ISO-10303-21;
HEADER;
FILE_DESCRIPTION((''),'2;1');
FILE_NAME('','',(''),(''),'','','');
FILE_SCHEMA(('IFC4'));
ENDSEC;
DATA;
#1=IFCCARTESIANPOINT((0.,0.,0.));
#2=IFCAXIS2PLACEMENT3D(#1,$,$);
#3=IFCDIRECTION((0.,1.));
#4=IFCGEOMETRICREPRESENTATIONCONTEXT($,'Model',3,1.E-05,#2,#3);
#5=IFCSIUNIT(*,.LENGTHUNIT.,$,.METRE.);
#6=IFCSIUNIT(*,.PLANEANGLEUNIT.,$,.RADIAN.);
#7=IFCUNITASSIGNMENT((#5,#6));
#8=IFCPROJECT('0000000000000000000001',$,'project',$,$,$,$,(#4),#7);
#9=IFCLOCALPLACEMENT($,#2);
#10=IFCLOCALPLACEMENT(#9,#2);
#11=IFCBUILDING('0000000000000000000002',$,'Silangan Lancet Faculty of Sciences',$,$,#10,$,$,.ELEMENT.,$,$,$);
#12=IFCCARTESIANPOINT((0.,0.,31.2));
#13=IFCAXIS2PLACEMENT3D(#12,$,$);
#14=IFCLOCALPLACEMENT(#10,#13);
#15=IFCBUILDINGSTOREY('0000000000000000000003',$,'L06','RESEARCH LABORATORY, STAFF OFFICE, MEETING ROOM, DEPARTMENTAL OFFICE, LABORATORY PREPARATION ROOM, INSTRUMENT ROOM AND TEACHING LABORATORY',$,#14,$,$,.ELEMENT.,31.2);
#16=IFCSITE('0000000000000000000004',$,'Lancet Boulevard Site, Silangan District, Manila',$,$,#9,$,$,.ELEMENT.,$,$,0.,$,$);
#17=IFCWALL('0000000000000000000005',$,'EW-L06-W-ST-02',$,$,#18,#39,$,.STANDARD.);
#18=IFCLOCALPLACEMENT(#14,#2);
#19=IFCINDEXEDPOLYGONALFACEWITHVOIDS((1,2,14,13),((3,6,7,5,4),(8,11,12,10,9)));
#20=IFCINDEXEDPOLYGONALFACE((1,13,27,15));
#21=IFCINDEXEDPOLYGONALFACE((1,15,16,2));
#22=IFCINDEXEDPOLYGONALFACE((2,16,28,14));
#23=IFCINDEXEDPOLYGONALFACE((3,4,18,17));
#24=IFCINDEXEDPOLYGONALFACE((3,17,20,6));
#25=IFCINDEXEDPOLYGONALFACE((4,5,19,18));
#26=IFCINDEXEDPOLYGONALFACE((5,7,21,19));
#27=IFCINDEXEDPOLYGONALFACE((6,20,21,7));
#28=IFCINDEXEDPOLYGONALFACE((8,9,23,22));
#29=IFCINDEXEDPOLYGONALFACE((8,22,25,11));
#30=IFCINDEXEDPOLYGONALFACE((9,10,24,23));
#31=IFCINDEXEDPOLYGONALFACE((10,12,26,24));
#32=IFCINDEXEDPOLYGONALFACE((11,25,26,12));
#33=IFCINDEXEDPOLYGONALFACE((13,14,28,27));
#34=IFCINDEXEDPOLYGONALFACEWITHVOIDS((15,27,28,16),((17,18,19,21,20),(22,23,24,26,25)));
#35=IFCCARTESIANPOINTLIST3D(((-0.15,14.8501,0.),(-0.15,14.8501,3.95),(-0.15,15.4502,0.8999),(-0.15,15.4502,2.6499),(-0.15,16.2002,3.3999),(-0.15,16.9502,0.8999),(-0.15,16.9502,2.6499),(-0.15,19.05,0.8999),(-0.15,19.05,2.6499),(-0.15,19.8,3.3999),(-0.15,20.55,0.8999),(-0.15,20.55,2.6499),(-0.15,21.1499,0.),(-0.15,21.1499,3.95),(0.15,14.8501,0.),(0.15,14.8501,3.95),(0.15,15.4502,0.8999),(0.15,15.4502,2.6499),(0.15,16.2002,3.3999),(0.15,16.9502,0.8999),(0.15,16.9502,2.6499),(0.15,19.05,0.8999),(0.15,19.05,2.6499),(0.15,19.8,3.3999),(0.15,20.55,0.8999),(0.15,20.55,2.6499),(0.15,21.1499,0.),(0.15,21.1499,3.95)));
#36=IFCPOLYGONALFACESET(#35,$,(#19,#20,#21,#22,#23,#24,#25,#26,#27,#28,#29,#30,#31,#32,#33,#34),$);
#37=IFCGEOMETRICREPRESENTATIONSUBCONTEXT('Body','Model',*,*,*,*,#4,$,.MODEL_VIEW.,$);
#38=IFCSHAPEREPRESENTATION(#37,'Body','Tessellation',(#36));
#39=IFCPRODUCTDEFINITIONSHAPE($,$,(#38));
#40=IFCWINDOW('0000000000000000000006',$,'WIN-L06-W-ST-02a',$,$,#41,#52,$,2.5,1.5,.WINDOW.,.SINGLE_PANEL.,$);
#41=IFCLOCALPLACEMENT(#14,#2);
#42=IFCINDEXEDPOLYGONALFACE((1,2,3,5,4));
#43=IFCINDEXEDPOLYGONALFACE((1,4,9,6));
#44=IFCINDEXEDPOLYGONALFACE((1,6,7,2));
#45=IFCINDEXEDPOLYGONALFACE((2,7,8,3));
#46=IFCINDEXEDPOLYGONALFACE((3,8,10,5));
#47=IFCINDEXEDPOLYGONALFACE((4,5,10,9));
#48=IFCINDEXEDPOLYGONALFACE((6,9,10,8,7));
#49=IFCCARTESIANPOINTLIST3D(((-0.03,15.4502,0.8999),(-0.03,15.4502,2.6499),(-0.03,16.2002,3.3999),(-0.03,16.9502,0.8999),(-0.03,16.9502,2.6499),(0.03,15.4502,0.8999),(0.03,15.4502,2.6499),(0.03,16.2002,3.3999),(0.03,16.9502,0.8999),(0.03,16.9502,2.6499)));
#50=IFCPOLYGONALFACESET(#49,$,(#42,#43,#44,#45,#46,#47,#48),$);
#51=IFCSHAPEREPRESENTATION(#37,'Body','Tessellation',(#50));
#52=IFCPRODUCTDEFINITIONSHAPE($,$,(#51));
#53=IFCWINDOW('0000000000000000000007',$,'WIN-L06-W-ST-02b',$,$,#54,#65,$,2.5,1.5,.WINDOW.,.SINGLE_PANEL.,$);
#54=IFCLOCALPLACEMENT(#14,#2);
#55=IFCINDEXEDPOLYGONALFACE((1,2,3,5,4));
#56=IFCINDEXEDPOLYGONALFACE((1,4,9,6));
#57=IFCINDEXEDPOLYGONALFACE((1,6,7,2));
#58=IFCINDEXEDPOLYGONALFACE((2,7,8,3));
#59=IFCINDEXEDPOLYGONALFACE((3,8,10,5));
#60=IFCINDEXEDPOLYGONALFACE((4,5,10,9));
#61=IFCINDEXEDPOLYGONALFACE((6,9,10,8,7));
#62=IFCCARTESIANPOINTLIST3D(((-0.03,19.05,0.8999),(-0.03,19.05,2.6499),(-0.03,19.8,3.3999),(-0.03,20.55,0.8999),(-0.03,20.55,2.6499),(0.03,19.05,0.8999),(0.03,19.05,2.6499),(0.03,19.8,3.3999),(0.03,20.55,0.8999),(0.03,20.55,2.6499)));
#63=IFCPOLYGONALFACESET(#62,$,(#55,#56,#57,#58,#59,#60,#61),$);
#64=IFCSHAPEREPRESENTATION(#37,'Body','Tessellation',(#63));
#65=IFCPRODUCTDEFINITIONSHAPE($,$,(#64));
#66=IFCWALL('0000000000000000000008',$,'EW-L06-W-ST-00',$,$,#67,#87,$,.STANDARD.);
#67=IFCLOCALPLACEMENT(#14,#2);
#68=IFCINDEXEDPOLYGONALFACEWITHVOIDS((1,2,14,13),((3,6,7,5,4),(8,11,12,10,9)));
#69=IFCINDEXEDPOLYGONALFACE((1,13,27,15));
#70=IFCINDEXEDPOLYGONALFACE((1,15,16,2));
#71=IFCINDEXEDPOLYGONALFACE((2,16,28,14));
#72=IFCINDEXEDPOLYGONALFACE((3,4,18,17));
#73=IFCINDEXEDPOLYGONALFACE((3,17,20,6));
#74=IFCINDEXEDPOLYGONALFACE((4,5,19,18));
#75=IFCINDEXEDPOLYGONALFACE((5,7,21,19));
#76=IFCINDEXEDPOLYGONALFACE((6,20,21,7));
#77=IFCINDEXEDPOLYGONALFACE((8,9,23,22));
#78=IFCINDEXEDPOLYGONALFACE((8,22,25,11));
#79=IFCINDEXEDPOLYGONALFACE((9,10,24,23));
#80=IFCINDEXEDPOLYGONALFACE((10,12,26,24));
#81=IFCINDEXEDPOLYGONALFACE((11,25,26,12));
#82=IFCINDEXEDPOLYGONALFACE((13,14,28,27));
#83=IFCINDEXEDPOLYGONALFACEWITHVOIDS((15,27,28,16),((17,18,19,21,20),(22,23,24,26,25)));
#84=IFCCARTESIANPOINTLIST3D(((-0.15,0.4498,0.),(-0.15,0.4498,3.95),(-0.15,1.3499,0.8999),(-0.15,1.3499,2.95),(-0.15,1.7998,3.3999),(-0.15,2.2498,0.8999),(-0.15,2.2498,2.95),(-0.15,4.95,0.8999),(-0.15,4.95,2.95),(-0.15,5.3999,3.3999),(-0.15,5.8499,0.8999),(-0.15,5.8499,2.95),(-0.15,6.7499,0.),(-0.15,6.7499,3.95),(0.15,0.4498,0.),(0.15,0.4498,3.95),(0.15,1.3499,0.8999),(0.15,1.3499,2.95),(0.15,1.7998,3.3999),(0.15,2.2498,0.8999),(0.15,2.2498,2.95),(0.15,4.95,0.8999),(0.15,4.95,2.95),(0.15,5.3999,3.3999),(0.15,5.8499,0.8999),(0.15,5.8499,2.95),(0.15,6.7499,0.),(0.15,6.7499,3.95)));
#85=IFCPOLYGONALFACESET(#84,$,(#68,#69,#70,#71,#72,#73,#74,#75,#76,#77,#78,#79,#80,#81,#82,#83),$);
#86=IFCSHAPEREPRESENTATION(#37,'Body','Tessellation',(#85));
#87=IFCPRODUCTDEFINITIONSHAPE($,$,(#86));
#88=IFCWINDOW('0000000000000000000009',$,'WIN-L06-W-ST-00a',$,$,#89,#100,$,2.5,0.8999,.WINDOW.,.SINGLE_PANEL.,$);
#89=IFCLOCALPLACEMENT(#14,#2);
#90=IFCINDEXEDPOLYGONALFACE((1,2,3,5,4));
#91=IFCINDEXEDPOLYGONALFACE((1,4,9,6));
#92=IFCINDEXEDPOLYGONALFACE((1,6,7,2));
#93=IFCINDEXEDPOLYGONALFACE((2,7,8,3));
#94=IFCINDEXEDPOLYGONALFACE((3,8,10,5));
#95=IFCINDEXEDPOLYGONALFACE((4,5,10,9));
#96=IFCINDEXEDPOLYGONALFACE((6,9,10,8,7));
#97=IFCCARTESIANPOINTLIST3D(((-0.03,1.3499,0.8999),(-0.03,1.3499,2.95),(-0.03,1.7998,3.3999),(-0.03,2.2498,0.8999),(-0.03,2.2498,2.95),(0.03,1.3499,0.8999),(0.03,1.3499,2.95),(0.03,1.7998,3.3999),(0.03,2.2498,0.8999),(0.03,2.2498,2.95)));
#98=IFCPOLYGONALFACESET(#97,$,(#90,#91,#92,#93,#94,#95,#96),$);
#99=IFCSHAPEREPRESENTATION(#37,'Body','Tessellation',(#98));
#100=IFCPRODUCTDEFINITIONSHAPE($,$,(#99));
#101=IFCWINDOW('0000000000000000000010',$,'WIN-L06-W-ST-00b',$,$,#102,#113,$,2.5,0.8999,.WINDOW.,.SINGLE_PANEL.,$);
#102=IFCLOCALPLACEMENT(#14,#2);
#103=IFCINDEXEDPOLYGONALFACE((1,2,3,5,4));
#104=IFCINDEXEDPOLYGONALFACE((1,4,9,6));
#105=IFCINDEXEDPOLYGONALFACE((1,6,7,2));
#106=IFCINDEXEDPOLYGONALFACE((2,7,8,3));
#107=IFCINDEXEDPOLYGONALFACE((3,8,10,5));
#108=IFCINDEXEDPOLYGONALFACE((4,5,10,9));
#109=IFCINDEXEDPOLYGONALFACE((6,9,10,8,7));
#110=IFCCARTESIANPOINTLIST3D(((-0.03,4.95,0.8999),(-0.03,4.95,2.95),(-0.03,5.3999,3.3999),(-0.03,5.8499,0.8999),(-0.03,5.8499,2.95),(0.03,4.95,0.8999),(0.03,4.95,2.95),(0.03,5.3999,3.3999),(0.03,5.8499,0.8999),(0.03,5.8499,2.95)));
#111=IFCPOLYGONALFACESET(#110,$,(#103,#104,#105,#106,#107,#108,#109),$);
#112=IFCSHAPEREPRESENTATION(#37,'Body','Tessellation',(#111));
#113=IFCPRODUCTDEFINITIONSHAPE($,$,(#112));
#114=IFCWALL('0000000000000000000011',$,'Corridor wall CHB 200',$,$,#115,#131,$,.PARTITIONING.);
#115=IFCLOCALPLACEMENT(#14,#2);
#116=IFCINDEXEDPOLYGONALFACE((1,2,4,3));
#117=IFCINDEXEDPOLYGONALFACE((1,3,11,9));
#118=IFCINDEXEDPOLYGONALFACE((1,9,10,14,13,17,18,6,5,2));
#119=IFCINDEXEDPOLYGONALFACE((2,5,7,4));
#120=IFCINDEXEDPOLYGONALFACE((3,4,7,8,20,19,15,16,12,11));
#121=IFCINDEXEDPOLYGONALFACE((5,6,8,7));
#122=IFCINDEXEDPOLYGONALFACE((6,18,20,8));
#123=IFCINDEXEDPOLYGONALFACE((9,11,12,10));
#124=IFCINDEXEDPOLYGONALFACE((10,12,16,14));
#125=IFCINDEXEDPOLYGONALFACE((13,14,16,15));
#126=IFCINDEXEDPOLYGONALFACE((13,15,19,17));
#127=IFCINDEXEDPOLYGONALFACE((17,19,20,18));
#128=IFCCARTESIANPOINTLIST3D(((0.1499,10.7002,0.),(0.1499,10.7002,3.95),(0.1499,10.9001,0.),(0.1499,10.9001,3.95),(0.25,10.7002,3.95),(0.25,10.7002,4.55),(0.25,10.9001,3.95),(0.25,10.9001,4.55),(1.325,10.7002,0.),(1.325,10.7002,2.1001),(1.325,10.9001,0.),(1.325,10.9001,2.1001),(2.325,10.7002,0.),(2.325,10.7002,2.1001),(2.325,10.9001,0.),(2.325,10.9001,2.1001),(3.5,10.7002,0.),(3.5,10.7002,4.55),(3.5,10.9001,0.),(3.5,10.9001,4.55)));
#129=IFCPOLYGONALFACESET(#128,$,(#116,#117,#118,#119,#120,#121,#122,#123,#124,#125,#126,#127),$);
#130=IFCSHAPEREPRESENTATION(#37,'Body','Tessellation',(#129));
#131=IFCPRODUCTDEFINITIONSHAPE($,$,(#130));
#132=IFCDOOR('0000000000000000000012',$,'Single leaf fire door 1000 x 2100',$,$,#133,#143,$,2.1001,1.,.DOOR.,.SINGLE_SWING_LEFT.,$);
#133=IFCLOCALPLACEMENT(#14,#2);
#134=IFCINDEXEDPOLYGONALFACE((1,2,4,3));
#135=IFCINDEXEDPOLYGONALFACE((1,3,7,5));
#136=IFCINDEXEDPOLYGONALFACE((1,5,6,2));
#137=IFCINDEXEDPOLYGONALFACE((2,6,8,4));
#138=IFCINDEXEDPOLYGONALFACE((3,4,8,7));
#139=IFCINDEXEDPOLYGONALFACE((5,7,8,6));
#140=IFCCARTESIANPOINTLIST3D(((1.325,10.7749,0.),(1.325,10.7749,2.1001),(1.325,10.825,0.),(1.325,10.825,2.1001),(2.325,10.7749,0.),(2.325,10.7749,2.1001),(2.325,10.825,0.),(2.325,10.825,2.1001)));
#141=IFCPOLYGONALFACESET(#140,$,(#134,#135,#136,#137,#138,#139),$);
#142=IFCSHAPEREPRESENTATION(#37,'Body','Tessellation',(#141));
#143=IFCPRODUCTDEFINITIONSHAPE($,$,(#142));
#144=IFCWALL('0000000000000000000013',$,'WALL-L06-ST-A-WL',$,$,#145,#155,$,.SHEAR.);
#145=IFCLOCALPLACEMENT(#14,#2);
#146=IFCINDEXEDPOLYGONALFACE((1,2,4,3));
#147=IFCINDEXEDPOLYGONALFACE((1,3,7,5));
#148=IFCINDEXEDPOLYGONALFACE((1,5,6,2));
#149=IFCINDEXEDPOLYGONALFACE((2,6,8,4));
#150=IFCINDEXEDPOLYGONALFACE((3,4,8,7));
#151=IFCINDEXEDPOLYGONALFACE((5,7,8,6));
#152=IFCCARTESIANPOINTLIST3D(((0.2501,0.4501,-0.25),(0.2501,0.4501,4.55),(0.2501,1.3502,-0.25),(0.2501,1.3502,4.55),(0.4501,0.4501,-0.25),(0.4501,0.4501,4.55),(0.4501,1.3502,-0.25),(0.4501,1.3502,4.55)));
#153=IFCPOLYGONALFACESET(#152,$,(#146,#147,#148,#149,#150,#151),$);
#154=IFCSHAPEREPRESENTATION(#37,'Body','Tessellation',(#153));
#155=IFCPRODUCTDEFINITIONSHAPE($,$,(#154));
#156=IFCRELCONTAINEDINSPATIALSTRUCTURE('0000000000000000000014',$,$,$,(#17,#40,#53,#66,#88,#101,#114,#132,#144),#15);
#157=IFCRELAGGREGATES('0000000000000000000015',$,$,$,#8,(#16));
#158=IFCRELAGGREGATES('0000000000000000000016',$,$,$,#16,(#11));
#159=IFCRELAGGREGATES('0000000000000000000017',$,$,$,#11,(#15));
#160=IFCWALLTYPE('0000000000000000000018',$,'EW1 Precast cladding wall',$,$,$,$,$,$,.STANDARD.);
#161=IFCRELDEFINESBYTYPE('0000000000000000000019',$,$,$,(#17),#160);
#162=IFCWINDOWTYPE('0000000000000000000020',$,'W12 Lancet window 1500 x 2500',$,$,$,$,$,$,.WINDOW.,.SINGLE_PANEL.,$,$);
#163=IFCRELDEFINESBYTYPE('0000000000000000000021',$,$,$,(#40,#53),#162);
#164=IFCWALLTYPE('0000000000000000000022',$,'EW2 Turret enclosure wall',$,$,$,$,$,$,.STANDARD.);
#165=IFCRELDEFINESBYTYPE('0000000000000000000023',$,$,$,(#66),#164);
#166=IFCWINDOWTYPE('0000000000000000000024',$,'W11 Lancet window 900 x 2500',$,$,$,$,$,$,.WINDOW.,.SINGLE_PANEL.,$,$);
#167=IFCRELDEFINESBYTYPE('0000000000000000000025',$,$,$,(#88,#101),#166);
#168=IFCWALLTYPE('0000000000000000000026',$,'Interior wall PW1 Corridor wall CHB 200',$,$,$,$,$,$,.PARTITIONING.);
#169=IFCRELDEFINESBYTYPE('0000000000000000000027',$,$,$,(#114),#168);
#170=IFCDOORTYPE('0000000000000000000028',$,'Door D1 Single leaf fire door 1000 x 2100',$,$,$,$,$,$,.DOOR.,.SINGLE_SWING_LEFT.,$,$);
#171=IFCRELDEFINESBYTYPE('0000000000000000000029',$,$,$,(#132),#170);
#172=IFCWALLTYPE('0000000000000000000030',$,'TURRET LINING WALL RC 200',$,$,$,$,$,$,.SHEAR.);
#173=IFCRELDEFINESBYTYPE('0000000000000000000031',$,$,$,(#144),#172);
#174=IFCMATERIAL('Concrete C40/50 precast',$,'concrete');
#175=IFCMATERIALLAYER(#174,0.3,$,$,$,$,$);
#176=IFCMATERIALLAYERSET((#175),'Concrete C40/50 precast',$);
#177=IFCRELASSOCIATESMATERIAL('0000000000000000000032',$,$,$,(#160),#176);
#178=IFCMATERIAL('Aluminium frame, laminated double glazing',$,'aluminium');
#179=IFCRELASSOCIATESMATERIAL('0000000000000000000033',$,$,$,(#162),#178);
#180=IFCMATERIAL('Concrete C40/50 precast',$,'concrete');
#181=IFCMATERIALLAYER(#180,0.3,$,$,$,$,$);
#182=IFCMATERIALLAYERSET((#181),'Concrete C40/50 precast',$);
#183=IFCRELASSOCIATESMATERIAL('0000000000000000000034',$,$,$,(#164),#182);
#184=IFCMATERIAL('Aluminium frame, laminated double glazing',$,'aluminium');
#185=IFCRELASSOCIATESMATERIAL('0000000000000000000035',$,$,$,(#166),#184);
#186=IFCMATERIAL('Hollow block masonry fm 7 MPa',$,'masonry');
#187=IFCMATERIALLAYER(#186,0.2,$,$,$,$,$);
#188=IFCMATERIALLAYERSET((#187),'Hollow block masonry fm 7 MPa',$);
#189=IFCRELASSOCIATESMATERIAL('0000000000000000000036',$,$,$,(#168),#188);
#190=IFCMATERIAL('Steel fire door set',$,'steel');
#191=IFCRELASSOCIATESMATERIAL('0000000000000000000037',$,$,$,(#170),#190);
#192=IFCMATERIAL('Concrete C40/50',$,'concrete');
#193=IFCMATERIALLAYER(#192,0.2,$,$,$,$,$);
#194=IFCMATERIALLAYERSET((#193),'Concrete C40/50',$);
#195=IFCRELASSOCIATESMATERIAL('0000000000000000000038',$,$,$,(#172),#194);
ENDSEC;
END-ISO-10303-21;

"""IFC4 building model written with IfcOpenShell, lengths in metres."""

from ifc_helpers import new_model, si_unit, direction, frame, frame_2d, origin, place, context, subcontext, project, spatial, polyline, rectangle, outline, extrude, material, layer, layer_set, type_object, element, fill, save


model = new_model("IFC4")

# Units and contexts
model_context = context("Model", 3, precision=1e-05, world=origin(), true_north=direction((0.0, 1.0)))
body_context = subcontext(model_context, "Body", "Model", "MODEL_VIEW")
ifc_project = project(units=[si_unit("LENGTHUNIT", "METRE"), si_unit("PLANEANGLEUNIT", "RADIAN")], contexts=[model_context])

# Site, building, storey
site_placement = place(None, origin())
site = spatial("IfcSite", under=ifc_project, at=site_placement, Name="Lancet Boulevard Site, Silangan District, Manila", CompositionType="ELEMENT", RefElevation=0.0)
building_placement = place(site_placement, origin())
building = spatial("IfcBuilding", under=site, at=building_placement, Name="Silangan Lancet Faculty of Sciences", CompositionType="ELEMENT")
storey_placement = place(building_placement, frame((0.0, 0.0, 31.2)))
storey = spatial("IfcBuildingStorey", under=building, at=storey_placement, Name="L06", Description="RESEARCH LABORATORY, STAFF OFFICE, MEETING ROOM, DEPARTMENTAL OFFICE, LABORATORY PREPARATION ROOM, INSTRUMENT ROOM AND TEACHING LABORATORY", CompositionType="ELEMENT", Elevation=31.2)

# Walls, openings, windows
ifc_material_1 = material(Name="Concrete C40/50 precast", Category="concrete")
ifc_layer_1 = layer(ifc_material_1, 0.3)
ifc_layer_set_1 = layer_set([ifc_layer_1], Name="Concrete C40/50 precast")
wall_type_1 = type_object("IfcWallType", Name="EW1 Precast cladding wall", PredefinedType="STANDARD", material=ifc_layer_set_1)
ifc_material_2 = material(Name="Aluminium frame, laminated double glazing", Category="aluminium")
window_type_1 = type_object("IfcWindowType", Name="W12 Lancet window 1500 x 2500", PartitioningType="SINGLE_PANEL", PredefinedType="WINDOW", material=ifc_material_2)
wall_1_placement = place(storey_placement, frame((0.0, 14.8501, 0.0), z_axis=(0.0, 0.0, 1.0), x_axis=(0.0, 1.0, 0.0)))
wall_1 = element("IfcWall", 1, at=wall_1_placement, inside=storey, type_object=wall_type_1, Name="EW-L06-W-ST-02", PredefinedType="STANDARD", context=body_context, shape_type="SweptSolid", body=[
    extrude(rectangle(XDim=6.2998, YDim=0.3, at=frame_2d((3.1499, 0.0))), origin(), (0.0, 0.0, 1.0), 3.95),
])
opening_1_placement = place(wall_1_placement, frame((0.6001, 0.0, 0.8999)))
opening_1 = element("IfcOpeningElement", 2, at=opening_1_placement, cuts=wall_1, PredefinedType="OPENING", context=body_context, shape_type="SweptSolid", body=[
    extrude(outline(polyline([(0.0, 0.0), (1.5, 0.0), (1.5, 1.75), (0.75, 2.5), (0.0, 1.75), (0.0, 0.0)])), frame((0.0, 0.1599, 0.0), z_axis=(0.0, -1.0, 0.0), x_axis=(1.0, 0.0, 0.0)), (0.0, 0.0, 1.0), 0.3201),
])
opening_2_placement = place(wall_1_placement, frame((4.2, 0.0, 0.8999)))
opening_2 = element("IfcOpeningElement", 3, at=opening_2_placement, cuts=wall_1, PredefinedType="OPENING", context=body_context, shape_type="SweptSolid", body=[
    extrude(outline(polyline([(0.0, 0.0), (1.5, 0.0), (1.5, 1.75), (0.75, 2.5), (0.0, 1.75), (0.0, 0.0)])), frame((0.0, 0.1599, 0.0), z_axis=(0.0, -1.0, 0.0), x_axis=(1.0, 0.0, 0.0)), (0.0, 0.0, 1.0), 0.3201),
])
window_1_placement = place(opening_1_placement, origin())
window_1 = element("IfcWindow", 4, at=window_1_placement, inside=storey, type_object=window_type_1, Name="WIN-L06-W-ST-02a", OverallHeight=2.5, OverallWidth=1.5, PartitioningType="SINGLE_PANEL", PredefinedType="WINDOW", context=body_context, shape_type="SweptSolid", body=[
    extrude(outline(polyline([(0.0, 0.0), (1.5, 0.0), (1.5, 1.75), (0.75, 2.5), (0.0, 1.75), (0.0, 0.0)])), frame((0.0, 0.03, 0.0), z_axis=(0.0, -1.0, 0.0), x_axis=(1.0, 0.0, 0.0)), (0.0, 0.0, 1.0), 0.0601),
])
fill(opening_1, window_1)
window_2_placement = place(opening_2_placement, origin())
window_2 = element("IfcWindow", 5, at=window_2_placement, inside=storey, type_object=window_type_1, Name="WIN-L06-W-ST-02b", OverallHeight=2.5, OverallWidth=1.5, PartitioningType="SINGLE_PANEL", PredefinedType="WINDOW", context=body_context, shape_type="SweptSolid", body=[
    extrude(outline(polyline([(0.0, 0.0), (1.5, 0.0), (1.5, 1.75), (0.75, 2.5), (0.0, 1.75), (0.0, 0.0)])), frame((0.0, 0.03, 0.0), z_axis=(0.0, -1.0, 0.0), x_axis=(1.0, 0.0, 0.0)), (0.0, 0.0, 1.0), 0.0601),
])
fill(opening_2, window_2)
ifc_material_3 = material(Name="Concrete C40/50 precast", Category="concrete")
ifc_layer_2 = layer(ifc_material_3, 0.3)
ifc_layer_set_2 = layer_set([ifc_layer_2], Name="Concrete C40/50 precast")
wall_type_2 = type_object("IfcWallType", Name="EW2 Turret enclosure wall", PredefinedType="STANDARD", material=ifc_layer_set_2)
wall_2_placement = place(storey_placement, frame((0.0, 0.45, 0.0), z_axis=(0.0, 0.0, 1.0), x_axis=(0.0, 1.0, 0.0)))
wall_2 = element("IfcWall", 6, at=wall_2_placement, inside=storey, type_object=wall_type_2, Name="EW-L06-W-ST-00", PredefinedType="STANDARD", context=body_context, shape_type="SweptSolid", body=[
    extrude(rectangle(XDim=6.3, YDim=0.3, at=frame_2d((3.1499, 0.0))), origin(), (0.0, 0.0, 1.0), 3.95),
])
opening_3_placement = place(wall_2_placement, frame((0.8999, 0.0, 0.8999)))
opening_3 = element("IfcOpeningElement", 7, at=opening_3_placement, cuts=wall_2, PredefinedType="OPENING", context=body_context, shape_type="SweptSolid", body=[
    extrude(outline(polyline([(0.0, 0.0), (0.8999, 0.0), (0.8999, 2.05), (0.45, 2.5), (0.0, 2.05), (0.0, 0.0)])), frame((0.0, 0.1599, 0.0), z_axis=(0.0, -1.0, 0.0), x_axis=(1.0, 0.0, 0.0)), (0.0, 0.0, 1.0), 0.3201),
])
opening_4_placement = place(wall_2_placement, frame((4.5, 0.0, 0.8999)))
opening_4 = element("IfcOpeningElement", 8, at=opening_4_placement, cuts=wall_2, PredefinedType="OPENING", context=body_context, shape_type="SweptSolid", body=[
    extrude(outline(polyline([(0.0, 0.0), (0.8999, 0.0), (0.8999, 2.05), (0.45, 2.5), (0.0, 2.05), (0.0, 0.0)])), frame((0.0, 0.1599, 0.0), z_axis=(0.0, -1.0, 0.0), x_axis=(1.0, 0.0, 0.0)), (0.0, 0.0, 1.0), 0.3201),
])
ifc_material_4 = material(Name="Aluminium frame, laminated double glazing", Category="aluminium")
window_type_2 = type_object("IfcWindowType", Name="W11 Lancet window 900 x 2500", PartitioningType="SINGLE_PANEL", PredefinedType="WINDOW", material=ifc_material_4)
window_3_placement = place(opening_3_placement, origin())
window_3 = element("IfcWindow", 9, at=window_3_placement, inside=storey, type_object=window_type_2, Name="WIN-L06-W-ST-00a", OverallHeight=2.5, OverallWidth=0.8999, PartitioningType="SINGLE_PANEL", PredefinedType="WINDOW", context=body_context, shape_type="SweptSolid", body=[
    extrude(outline(polyline([(0.0, 0.0), (0.8999, 0.0), (0.8999, 2.05), (0.45, 2.5), (0.0, 2.05), (0.0, 0.0)])), frame((0.0, 0.03, 0.0), z_axis=(0.0, -1.0, 0.0), x_axis=(1.0, 0.0, 0.0)), (0.0, 0.0, 1.0), 0.0601),
])
fill(opening_3, window_3)
window_4_placement = place(opening_4_placement, origin())
window_4 = element("IfcWindow", 10, at=window_4_placement, inside=storey, type_object=window_type_2, Name="WIN-L06-W-ST-00b", OverallHeight=2.5, OverallWidth=0.8999, PartitioningType="SINGLE_PANEL", PredefinedType="WINDOW", context=body_context, shape_type="SweptSolid", body=[
    extrude(outline(polyline([(0.0, 0.0), (0.8999, 0.0), (0.8999, 2.05), (0.45, 2.5), (0.0, 2.05), (0.0, 0.0)])), frame((0.0, 0.03, 0.0), z_axis=(0.0, -1.0, 0.0), x_axis=(1.0, 0.0, 0.0)), (0.0, 0.0, 1.0), 0.0601),
])
fill(opening_4, window_4)

# Wall, opening, door
ifc_material_5 = material(Name="Hollow block masonry fm 7 MPa", Category="masonry")
ifc_layer_3 = layer(ifc_material_5, 0.2)
ifc_layer_set_3 = layer_set([ifc_layer_3], Name="Hollow block masonry fm 7 MPa")
wall_type_3 = type_object("IfcWallType", Name="Interior wall PW1 Corridor wall CHB 200", PredefinedType="PARTITIONING", material=ifc_layer_set_3)
wall_3_placement = place(storey_placement, frame((0.1499, 10.8, 0.0), z_axis=(0.0, 0.0, 1.0), x_axis=(1.0, 0.0, 0.0)))
wall_3 = element("IfcWall", 11, at=wall_3_placement, inside=storey, type_object=wall_type_3, Name="Corridor wall CHB 200", PredefinedType="PARTITIONING", context=body_context, shape_type="SweptSolid", body=[
    extrude(outline(polyline([(0.0, 0.0), (3.3501, 0.0), (3.3501, 4.55), (0.1001, 4.55), (0.1001, 3.95), (0.0, 3.95), (0.0, 0.0)])), frame((0.0, 0.1001, 0.0), z_axis=(0.0, -1.0, 0.0), x_axis=(1.0, 0.0, 0.0)), (0.0, 0.0, 1.0), 0.2),
])
opening_5_placement = place(wall_3_placement, frame((1.175, 0.0, 0.0)))
opening_5 = element("IfcOpeningElement", 12, at=opening_5_placement, cuts=wall_3, PredefinedType="OPENING", context=body_context, shape_type="SweptSolid", body=[
    extrude(rectangle(XDim=1.0, YDim=2.1001, at=frame_2d((0.5, 1.05))), frame((0.0, 0.1099, 0.0), z_axis=(0.0, -1.0, 0.0), x_axis=(1.0, 0.0, 0.0)), (0.0, 0.0, 1.0), 0.22),
])
ifc_material_6 = material(Name="Steel fire door set", Category="steel")
door_type_1 = type_object("IfcDoorType", Name="Door D1 Single leaf fire door 1000 x 2100", OperationType="SINGLE_SWING_LEFT", PredefinedType="DOOR", material=ifc_material_6)
door_1_placement = place(opening_5_placement, origin())
door_1 = element("IfcDoor", 13, at=door_1_placement, inside=storey, type_object=door_type_1, Name="Single leaf fire door 1000 x 2100", OperationType="SINGLE_SWING_LEFT", OverallHeight=2.1001, OverallWidth=1.0, PredefinedType="DOOR", context=body_context, shape_type="SweptSolid", body=[
    extrude(rectangle(XDim=1.0, YDim=2.1001, at=frame_2d((0.5, 1.05))), frame((0.0, 0.0249, 0.0), z_axis=(0.0, -1.0, 0.0), x_axis=(1.0, 0.0, 0.0)), (0.0, 0.0, 1.0), 0.05),
])
fill(opening_5, door_1)

# Wall
ifc_material_7 = material(Name="Concrete C40/50", Category="concrete")
ifc_layer_4 = layer(ifc_material_7, 0.2)
ifc_layer_set_4 = layer_set([ifc_layer_4], Name="Concrete C40/50")
wall_type_4 = type_object("IfcWallType", Name="TURRET LINING WALL RC 200", PredefinedType="SHEAR", material=ifc_layer_set_4)
wall_4_placement = place(storey_placement, frame((0.3501, 0.45, -0.25), z_axis=(0.0, 0.0, 1.0), x_axis=(0.0, 1.0, 0.0)))
element("IfcWall", 14, at=wall_4_placement, inside=storey, type_object=wall_type_4, Name="WALL-L06-ST-A-WL", PredefinedType="SHEAR", context=body_context, shape_type="SweptSolid", body=[
    extrude(rectangle(XDim=0.9001, YDim=0.2, at=frame_2d((0.4502, 0.0))), origin(), (0.0, 0.0, 1.0), 4.8),
])

save(model, "model.ifc")
